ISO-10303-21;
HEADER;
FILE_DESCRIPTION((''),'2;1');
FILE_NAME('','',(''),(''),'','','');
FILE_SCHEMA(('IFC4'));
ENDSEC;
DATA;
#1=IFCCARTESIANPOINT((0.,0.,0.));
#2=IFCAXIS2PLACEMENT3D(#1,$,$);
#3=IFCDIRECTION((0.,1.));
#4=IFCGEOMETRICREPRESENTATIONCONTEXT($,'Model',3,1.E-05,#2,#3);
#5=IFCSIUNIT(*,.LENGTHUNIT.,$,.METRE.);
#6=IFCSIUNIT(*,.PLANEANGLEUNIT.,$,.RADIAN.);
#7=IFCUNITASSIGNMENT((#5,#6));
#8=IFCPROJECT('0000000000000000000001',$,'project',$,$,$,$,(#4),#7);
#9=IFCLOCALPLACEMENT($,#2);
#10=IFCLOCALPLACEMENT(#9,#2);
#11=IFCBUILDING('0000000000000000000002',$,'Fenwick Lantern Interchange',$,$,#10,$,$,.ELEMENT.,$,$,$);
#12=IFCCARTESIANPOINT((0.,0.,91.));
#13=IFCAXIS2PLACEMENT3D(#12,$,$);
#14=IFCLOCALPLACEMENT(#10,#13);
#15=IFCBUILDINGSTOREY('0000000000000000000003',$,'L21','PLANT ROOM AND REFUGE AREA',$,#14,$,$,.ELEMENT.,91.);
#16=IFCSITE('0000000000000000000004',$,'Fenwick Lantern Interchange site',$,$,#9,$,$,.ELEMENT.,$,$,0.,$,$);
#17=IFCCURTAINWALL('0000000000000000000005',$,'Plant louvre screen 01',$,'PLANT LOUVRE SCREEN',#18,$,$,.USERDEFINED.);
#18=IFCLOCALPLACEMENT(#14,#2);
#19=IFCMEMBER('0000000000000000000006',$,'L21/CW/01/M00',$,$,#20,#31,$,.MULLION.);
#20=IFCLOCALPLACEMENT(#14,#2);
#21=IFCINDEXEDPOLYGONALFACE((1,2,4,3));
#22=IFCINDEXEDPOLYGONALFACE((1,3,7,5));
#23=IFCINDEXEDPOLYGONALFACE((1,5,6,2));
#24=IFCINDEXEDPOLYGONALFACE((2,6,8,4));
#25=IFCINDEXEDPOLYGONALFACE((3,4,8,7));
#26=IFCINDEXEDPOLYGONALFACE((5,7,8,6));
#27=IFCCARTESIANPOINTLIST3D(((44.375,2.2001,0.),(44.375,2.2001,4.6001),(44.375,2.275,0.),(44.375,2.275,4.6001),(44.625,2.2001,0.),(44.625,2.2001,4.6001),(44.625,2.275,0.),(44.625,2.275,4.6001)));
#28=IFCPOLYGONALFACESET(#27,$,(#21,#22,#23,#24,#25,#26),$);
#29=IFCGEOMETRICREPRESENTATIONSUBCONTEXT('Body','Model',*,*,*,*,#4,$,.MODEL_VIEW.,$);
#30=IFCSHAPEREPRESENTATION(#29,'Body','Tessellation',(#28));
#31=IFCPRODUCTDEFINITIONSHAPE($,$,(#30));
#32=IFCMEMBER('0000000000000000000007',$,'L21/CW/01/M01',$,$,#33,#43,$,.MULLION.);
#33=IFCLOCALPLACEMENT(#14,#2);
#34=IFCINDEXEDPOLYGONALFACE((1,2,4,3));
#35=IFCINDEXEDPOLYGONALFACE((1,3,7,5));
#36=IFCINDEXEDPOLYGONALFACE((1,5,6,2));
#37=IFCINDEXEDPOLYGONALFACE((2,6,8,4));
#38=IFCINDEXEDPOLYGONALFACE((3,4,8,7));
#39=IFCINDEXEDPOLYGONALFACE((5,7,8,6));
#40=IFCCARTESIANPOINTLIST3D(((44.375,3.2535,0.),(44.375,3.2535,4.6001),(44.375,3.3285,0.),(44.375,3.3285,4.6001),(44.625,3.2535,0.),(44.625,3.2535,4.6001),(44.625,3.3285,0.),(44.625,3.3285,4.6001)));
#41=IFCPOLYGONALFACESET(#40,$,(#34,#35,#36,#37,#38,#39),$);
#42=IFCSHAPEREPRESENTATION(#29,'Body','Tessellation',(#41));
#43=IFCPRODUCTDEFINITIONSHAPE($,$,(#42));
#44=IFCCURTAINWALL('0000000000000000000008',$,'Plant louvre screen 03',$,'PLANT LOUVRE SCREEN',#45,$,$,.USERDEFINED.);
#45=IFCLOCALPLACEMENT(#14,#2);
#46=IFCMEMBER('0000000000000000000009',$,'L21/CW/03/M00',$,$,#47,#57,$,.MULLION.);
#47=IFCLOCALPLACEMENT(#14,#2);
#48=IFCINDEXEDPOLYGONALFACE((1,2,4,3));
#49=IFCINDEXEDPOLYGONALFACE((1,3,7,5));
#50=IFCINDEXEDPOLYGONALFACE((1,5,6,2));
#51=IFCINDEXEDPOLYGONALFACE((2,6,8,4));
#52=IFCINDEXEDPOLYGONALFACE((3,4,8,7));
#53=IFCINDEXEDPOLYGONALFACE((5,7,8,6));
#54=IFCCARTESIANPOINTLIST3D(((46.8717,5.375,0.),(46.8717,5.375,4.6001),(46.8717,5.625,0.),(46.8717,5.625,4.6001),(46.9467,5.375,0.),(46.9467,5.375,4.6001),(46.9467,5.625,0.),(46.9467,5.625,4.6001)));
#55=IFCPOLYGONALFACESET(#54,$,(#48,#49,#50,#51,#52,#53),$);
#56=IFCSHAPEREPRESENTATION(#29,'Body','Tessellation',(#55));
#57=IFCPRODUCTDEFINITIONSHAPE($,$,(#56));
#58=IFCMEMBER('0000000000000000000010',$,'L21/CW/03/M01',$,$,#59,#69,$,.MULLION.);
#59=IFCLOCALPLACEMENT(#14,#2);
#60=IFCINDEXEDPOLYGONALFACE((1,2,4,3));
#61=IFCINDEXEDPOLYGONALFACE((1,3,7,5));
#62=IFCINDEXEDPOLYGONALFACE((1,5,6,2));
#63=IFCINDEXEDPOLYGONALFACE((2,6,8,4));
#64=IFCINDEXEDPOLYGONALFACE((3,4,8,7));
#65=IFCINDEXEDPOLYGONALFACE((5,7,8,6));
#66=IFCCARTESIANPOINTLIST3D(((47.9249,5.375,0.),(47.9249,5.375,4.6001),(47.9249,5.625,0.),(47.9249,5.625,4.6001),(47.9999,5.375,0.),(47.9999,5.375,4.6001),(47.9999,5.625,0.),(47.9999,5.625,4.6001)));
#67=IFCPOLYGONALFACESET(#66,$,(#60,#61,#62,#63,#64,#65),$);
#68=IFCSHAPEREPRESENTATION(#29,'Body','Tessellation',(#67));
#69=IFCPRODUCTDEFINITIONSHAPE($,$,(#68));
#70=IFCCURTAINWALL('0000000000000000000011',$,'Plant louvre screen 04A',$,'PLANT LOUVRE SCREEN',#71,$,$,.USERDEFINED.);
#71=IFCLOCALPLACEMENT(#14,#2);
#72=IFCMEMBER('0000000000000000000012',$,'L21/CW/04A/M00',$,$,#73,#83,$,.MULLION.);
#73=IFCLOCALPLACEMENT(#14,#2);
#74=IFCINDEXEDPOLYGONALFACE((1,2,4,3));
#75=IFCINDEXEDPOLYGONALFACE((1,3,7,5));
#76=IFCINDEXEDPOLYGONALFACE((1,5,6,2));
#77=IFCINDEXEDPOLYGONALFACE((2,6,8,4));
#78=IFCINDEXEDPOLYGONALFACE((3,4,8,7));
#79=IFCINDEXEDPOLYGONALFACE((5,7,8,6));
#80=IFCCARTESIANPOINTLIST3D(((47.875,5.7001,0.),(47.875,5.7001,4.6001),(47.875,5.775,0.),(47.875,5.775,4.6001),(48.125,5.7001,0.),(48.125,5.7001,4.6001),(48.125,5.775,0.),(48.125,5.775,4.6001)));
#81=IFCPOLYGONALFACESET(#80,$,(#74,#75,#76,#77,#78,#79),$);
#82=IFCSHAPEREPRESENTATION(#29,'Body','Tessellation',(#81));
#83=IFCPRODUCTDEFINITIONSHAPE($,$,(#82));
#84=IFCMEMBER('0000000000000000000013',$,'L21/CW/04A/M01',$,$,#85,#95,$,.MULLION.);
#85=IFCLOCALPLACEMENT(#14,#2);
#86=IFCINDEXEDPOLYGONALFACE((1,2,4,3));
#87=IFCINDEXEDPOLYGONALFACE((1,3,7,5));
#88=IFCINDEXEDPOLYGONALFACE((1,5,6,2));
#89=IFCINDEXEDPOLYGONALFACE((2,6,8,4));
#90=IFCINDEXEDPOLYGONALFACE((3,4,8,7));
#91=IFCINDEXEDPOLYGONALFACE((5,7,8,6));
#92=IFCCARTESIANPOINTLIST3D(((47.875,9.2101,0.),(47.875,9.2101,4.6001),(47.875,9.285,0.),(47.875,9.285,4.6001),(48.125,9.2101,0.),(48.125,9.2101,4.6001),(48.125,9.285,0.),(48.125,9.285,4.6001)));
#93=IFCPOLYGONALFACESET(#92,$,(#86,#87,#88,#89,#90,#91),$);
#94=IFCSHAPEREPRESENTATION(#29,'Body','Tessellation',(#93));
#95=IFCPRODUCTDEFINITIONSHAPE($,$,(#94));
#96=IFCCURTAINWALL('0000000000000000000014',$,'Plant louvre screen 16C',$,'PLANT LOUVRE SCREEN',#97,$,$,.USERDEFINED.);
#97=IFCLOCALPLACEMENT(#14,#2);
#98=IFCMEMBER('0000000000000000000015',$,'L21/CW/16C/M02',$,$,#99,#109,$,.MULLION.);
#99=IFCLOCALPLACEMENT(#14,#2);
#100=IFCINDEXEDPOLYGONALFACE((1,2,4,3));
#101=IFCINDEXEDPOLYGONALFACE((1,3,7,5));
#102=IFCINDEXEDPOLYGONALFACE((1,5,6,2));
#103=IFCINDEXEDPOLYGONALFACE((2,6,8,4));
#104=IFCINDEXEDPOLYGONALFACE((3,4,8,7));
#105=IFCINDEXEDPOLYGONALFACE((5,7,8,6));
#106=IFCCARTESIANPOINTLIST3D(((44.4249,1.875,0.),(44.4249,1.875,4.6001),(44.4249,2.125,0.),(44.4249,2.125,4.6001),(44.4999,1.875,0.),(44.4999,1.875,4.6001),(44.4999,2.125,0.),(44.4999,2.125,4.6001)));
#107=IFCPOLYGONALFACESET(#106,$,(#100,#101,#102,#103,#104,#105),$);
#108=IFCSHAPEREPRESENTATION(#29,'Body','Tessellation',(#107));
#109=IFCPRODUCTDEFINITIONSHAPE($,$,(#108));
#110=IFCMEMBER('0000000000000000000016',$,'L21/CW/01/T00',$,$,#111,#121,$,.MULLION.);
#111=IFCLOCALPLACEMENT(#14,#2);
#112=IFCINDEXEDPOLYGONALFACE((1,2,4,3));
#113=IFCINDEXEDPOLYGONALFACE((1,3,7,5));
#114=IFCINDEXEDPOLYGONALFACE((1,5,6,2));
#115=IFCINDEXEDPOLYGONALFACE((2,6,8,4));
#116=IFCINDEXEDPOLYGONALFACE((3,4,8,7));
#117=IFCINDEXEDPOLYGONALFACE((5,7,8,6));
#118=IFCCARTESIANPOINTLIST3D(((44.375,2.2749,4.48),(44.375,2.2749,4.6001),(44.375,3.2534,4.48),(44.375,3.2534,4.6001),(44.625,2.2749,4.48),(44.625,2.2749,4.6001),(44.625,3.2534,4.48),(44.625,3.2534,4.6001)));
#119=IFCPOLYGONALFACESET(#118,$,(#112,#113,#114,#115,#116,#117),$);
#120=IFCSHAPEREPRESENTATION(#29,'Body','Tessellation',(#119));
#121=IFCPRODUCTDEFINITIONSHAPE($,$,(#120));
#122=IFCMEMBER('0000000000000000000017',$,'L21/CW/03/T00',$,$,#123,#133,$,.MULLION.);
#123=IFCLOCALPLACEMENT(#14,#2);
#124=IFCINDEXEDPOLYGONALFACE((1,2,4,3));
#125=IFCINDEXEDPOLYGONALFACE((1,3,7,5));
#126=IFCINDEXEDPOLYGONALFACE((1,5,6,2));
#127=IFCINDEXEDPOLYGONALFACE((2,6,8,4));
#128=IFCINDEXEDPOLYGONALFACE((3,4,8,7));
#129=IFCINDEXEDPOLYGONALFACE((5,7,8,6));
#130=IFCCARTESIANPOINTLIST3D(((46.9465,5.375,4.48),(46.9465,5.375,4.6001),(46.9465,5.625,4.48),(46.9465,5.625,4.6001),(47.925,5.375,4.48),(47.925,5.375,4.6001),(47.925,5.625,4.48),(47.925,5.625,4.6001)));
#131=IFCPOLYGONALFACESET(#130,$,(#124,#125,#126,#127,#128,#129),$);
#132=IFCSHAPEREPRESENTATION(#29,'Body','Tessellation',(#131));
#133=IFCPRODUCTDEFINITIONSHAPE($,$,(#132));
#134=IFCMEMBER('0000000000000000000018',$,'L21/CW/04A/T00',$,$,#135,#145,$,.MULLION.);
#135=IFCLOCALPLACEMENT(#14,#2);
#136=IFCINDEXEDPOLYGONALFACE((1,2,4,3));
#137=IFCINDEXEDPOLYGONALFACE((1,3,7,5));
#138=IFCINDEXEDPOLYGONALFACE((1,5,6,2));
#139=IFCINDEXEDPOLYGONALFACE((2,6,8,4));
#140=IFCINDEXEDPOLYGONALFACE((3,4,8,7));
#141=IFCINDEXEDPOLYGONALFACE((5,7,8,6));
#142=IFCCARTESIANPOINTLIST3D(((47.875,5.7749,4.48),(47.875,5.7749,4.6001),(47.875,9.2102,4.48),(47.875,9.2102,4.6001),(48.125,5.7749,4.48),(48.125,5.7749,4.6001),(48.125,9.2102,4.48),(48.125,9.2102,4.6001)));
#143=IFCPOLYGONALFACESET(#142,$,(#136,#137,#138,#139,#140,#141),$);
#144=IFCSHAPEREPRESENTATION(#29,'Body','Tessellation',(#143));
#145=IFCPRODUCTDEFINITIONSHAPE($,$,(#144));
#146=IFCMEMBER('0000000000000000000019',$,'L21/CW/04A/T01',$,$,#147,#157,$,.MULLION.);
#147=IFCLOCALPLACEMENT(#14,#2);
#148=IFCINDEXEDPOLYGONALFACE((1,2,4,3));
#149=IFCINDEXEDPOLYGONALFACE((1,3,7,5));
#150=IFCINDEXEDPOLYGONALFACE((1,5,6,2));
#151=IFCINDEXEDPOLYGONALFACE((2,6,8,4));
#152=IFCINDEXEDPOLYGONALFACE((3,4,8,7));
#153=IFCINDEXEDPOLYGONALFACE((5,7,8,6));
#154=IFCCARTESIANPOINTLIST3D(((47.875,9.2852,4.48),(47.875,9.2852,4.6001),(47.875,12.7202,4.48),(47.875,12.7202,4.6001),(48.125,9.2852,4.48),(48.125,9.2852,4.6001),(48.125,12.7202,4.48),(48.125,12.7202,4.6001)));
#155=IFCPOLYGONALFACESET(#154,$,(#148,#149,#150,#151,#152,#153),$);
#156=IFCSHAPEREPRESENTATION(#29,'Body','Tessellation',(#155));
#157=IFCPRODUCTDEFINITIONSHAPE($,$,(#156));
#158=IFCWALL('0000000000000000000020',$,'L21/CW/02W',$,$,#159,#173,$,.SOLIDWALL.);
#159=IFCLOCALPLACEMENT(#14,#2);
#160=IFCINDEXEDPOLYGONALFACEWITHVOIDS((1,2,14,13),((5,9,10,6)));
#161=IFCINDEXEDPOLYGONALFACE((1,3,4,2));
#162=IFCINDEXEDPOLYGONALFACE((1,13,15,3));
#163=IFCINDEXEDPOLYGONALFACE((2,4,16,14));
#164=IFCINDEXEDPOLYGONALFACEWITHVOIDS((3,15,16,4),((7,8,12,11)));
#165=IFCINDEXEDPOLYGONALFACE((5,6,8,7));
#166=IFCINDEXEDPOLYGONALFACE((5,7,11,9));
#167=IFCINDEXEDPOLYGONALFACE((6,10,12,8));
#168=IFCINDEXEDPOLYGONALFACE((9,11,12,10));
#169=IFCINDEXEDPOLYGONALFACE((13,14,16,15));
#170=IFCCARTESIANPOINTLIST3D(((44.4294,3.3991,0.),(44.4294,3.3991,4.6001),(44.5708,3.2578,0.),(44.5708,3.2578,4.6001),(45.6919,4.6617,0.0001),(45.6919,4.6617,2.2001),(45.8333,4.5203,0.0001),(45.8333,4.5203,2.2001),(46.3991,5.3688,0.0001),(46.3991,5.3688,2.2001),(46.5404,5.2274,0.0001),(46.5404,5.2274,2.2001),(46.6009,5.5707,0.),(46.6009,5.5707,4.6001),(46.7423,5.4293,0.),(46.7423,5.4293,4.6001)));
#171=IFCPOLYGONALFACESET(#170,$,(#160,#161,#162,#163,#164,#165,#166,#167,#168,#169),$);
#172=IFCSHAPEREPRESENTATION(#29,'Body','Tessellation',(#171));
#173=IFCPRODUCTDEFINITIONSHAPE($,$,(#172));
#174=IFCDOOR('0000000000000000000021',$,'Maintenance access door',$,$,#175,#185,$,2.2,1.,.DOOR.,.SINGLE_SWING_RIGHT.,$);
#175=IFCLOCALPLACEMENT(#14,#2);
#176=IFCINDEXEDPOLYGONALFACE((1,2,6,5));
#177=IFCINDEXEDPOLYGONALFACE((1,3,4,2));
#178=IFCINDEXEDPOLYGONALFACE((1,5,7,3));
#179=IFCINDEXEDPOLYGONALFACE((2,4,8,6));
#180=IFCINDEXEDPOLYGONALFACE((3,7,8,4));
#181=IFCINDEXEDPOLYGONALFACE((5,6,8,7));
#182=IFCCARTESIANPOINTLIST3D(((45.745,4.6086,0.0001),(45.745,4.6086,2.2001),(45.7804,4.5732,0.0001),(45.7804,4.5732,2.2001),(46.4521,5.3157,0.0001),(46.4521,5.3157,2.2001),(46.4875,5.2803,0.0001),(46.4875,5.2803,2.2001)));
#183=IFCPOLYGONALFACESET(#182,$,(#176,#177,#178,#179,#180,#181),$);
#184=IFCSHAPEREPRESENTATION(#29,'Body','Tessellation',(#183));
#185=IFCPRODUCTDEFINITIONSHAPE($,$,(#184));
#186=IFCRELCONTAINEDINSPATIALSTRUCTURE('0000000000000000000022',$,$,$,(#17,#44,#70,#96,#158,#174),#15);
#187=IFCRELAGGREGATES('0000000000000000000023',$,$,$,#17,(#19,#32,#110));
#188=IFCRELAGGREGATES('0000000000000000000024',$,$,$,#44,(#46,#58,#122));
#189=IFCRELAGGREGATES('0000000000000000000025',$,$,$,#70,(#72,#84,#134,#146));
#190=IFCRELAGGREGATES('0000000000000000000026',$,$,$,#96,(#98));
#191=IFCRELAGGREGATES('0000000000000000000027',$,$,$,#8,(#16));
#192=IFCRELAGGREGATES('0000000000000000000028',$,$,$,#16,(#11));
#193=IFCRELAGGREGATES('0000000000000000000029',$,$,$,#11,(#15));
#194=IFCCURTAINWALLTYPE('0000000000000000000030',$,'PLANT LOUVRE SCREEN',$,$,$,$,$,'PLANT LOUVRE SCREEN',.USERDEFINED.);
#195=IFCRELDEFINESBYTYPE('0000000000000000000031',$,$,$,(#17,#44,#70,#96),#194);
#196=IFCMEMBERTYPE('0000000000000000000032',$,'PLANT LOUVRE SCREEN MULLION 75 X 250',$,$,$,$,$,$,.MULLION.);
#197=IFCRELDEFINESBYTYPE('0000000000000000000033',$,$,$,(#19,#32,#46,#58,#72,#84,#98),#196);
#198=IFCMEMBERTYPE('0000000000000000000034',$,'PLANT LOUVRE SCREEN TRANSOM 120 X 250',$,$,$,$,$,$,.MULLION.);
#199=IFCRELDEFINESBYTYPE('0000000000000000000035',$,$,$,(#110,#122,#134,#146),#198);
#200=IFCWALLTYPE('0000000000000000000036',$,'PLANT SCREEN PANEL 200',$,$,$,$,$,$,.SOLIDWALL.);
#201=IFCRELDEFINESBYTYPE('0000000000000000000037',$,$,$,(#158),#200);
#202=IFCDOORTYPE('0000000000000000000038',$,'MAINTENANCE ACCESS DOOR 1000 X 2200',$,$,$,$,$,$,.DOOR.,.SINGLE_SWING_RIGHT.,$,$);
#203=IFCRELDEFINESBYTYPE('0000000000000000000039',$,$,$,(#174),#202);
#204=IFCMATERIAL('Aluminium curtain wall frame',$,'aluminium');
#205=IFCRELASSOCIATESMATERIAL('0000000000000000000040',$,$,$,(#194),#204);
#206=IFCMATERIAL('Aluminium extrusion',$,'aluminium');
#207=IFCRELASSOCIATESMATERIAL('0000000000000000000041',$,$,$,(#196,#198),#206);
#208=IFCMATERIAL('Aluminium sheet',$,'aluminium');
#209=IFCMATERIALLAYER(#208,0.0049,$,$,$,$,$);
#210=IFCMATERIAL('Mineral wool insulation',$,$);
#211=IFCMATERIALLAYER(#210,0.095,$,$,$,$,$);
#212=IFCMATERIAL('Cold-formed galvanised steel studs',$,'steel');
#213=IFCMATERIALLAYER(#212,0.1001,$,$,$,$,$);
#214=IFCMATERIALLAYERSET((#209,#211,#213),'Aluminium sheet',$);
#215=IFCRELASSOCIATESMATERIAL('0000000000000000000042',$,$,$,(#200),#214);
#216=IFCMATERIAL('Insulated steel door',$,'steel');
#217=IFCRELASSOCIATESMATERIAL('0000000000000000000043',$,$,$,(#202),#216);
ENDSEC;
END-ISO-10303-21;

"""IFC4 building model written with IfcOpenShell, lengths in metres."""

from ifc_helpers import new_model, si_unit, direction, frame, frame_2d, origin, origin_2d, place, context, subcontext, project, spatial, rectangle, extrude, material, layer, layer_set, material_profile, profile_set, type_object, element, fill, aggregate, save


model = new_model("IFC4")

# Units and contexts
model_context = context("Model", 3, precision=1e-05, world=origin(), true_north=direction((0.0, 1.0)))
body_context = subcontext(model_context, "Body", "Model", "MODEL_VIEW")
ifc_project = project(units=[si_unit("LENGTHUNIT", "METRE"), si_unit("PLANEANGLEUNIT", "RADIAN")], contexts=[model_context])

# Site, building, storey
site_placement = place(None, origin())
site = spatial("IfcSite", under=ifc_project, at=site_placement, Name="Fenwick Lantern Interchange site", CompositionType="ELEMENT", RefElevation=0.0)
building_placement = place(site_placement, origin())
building = spatial("IfcBuilding", under=site, at=building_placement, Name="Fenwick Lantern Interchange", CompositionType="ELEMENT")
storey_placement = place(building_placement, frame((0.0, 0.0, 91.0)))
storey = spatial("IfcBuildingStorey", under=building, at=storey_placement, Name="L21", Description="PLANT ROOM AND REFUGE AREA", CompositionType="ELEMENT", Elevation=91.0)

# Curtain walls, members
ifc_material_1 = material(Name="Aluminium curtain wall frame", Category="aluminium")
curtain_wall_type = type_object("IfcCurtainWallType", Name="PLANT LOUVRE SCREEN", ElementType="PLANT LOUVRE SCREEN", PredefinedType="USERDEFINED", material=ifc_material_1)
curtain_wall_1_placement = place(storey_placement, origin())
curtain_wall_1 = element("IfcCurtainWall", 1, at=curtain_wall_1_placement, inside=storey, type_object=curtain_wall_type, Name="Plant louvre screen 01", ObjectType="PLANT LOUVRE SCREEN", PredefinedType="USERDEFINED")
ifc_material_2 = material(Name="Aluminium extrusion", Category="aluminium")
ifc_material_profile_1 = material_profile(ifc_material_2, rectangle(XDim=0.25, YDim=0.075, at=origin_2d()), Name="PLANT LOUVRE SCREEN MULLION 75 X 250")
ifc_profile_set_1 = profile_set([ifc_material_profile_1], Name="Aluminium extrusion")
member_type_1 = type_object("IfcMemberType", Name="PLANT LOUVRE SCREEN MULLION 75 X 250", PredefinedType="MULLION", material=ifc_profile_set_1)
member_1_placement = place(storey_placement, frame((44.5, 2.2375, 0.0), z_axis=(0.0, 0.0, 1.0), x_axis=(-1.0, 0.0, 0.0)))
member_1 = element("IfcMember", 2, at=member_1_placement, type_object=member_type_1, Name="L21/CW/01/M00", PredefinedType="MULLION", context=body_context, shape_type="SweptSolid", body=[
    extrude(rectangle(XDim=0.25, YDim=0.075, at=origin_2d()), origin(), (0.0, 0.0, 1.0), 4.6001),
])
member_2_placement = place(storey_placement, frame((44.5, 3.291, 0.0), z_axis=(0.0, 0.0, 1.0), x_axis=(-1.0, 0.0, 0.0)))
member_2 = element("IfcMember", 3, at=member_2_placement, type_object=member_type_1, Name="L21/CW/01/M01", PredefinedType="MULLION", context=body_context, shape_type="SweptSolid", body=[
    extrude(rectangle(XDim=0.25, YDim=0.075, at=origin_2d()), origin(), (0.0, 0.0, 1.0), 4.6001),
])
curtain_wall_2_placement = place(storey_placement, origin())
curtain_wall_2 = element("IfcCurtainWall", 4, at=curtain_wall_2_placement, inside=storey, type_object=curtain_wall_type, Name="Plant louvre screen 03", ObjectType="PLANT LOUVRE SCREEN", PredefinedType="USERDEFINED")
member_3_placement = place(storey_placement, frame((46.9092, 5.5, 0.0), z_axis=(0.0, 0.0, 1.0), x_axis=(0.0, 1.0, 0.0)))
member_3 = element("IfcMember", 5, at=member_3_placement, type_object=member_type_1, Name="L21/CW/03/M00", PredefinedType="MULLION", context=body_context, shape_type="SweptSolid", body=[
    extrude(rectangle(XDim=0.25, YDim=0.075, at=origin_2d()), origin(), (0.0, 0.0, 1.0), 4.6001),
])
member_4_placement = place(storey_placement, frame((47.9624, 5.5, 0.0), z_axis=(0.0, 0.0, 1.0), x_axis=(0.0, 1.0, 0.0)))
member_4 = element("IfcMember", 6, at=member_4_placement, type_object=member_type_1, Name="L21/CW/03/M01", PredefinedType="MULLION", context=body_context, shape_type="SweptSolid", body=[
    extrude(rectangle(XDim=0.25, YDim=0.075, at=origin_2d()), origin(), (0.0, 0.0, 1.0), 4.6001),
])
curtain_wall_3_placement = place(storey_placement, origin())
curtain_wall_3 = element("IfcCurtainWall", 7, at=curtain_wall_3_placement, inside=storey, type_object=curtain_wall_type, Name="Plant louvre screen 04A", ObjectType="PLANT LOUVRE SCREEN", PredefinedType="USERDEFINED")
member_5_placement = place(storey_placement, frame((48.0, 5.7375, 0.0), z_axis=(0.0, 0.0, 1.0), x_axis=(-1.0, 0.0, 0.0)))
member_5 = element("IfcMember", 8, at=member_5_placement, type_object=member_type_1, Name="L21/CW/04A/M00", PredefinedType="MULLION", context=body_context, shape_type="SweptSolid", body=[
    extrude(rectangle(XDim=0.25, YDim=0.075, at=origin_2d()), origin(), (0.0, 0.0, 1.0), 4.6001),
])
member_6_placement = place(storey_placement, frame((48.0, 9.2476, 0.0), z_axis=(0.0, 0.0, 1.0), x_axis=(-1.0, 0.0, 0.0)))
member_6 = element("IfcMember", 9, at=member_6_placement, type_object=member_type_1, Name="L21/CW/04A/M01", PredefinedType="MULLION", context=body_context, shape_type="SweptSolid", body=[
    extrude(rectangle(XDim=0.25, YDim=0.075, at=origin_2d()), origin(), (0.0, 0.0, 1.0), 4.6001),
])

# Curtain wall, member
curtain_wall_4_placement = place(storey_placement, origin())
curtain_wall_4 = element("IfcCurtainWall", 10, at=curtain_wall_4_placement, inside=storey, type_object=curtain_wall_type, Name="Plant louvre screen 16C", ObjectType="PLANT LOUVRE SCREEN", PredefinedType="USERDEFINED")
member_7_placement = place(storey_placement, frame((44.4624, 2.0, 0.0), z_axis=(0.0, 0.0, 1.0), x_axis=(0.0, 1.0, 0.0)))
member_7 = element("IfcMember", 11, at=member_7_placement, type_object=member_type_1, Name="L21/CW/16C/M02", PredefinedType="MULLION", context=body_context, shape_type="SweptSolid", body=[
    extrude(rectangle(XDim=0.25, YDim=0.075, at=origin_2d()), origin(), (0.0, 0.0, 1.0), 4.6001),
])

# Members
ifc_material_profile_2 = material_profile(ifc_material_2, rectangle(XDim=0.25, YDim=0.1201, at=origin_2d()), Name="PLANT LOUVRE SCREEN TRANSOM 120 X 250")
ifc_profile_set_2 = profile_set([ifc_material_profile_2], Name="Aluminium extrusion")
member_type_2 = type_object("IfcMemberType", Name="PLANT LOUVRE SCREEN TRANSOM 120 X 250", PredefinedType="MULLION", material=ifc_profile_set_2)
member_8_placement = place(storey_placement, frame((44.5, 2.2749, 4.54), z_axis=(0.0, 1.0, 0.0), x_axis=(-1.0, 0.0, 0.0)))
member_8 = element("IfcMember", 12, at=member_8_placement, type_object=member_type_2, Name="L21/CW/01/T00", PredefinedType="MULLION", context=body_context, shape_type="SweptSolid", body=[
    extrude(rectangle(XDim=0.25, YDim=0.1201, at=origin_2d()), origin(), (0.0, 0.0, 1.0), 0.9785),
])
member_9_placement = place(storey_placement, frame((46.9465, 5.5, 4.54), z_axis=(1.0, 0.0, 0.0), x_axis=(0.0, 1.0, 0.0)))
member_9 = element("IfcMember", 13, at=member_9_placement, type_object=member_type_2, Name="L21/CW/03/T00", PredefinedType="MULLION", context=body_context, shape_type="SweptSolid", body=[
    extrude(rectangle(XDim=0.25, YDim=0.1201, at=origin_2d()), origin(), (0.0, 0.0, 1.0), 0.9785),
])
member_10_placement = place(storey_placement, frame((48.0, 5.7749, 4.54), z_axis=(0.0, 1.0, 0.0), x_axis=(-1.0, 0.0, 0.0)))
member_10 = element("IfcMember", 14, at=member_10_placement, type_object=member_type_2, Name="L21/CW/04A/T00", PredefinedType="MULLION", context=body_context, shape_type="SweptSolid", body=[
    extrude(rectangle(XDim=0.25, YDim=0.1201, at=origin_2d()), origin(), (0.0, 0.0, 1.0), 3.4353),
])
member_11_placement = place(storey_placement, frame((48.0, 9.2852, 4.54), z_axis=(0.0, 1.0, 0.0), x_axis=(-1.0, 0.0, 0.0)))
member_11 = element("IfcMember", 15, at=member_11_placement, type_object=member_type_2, Name="L21/CW/04A/T01", PredefinedType="MULLION", context=body_context, shape_type="SweptSolid", body=[
    extrude(rectangle(XDim=0.25, YDim=0.1201, at=origin_2d()), origin(), (0.0, 0.0, 1.0), 3.4351),
])

# Wall, opening, door
ifc_material_3 = material(Name="Aluminium sheet", Category="aluminium")
ifc_layer_1 = layer(ifc_material_3, 0.0049)
ifc_material_4 = material(Name="Mineral wool insulation")
ifc_layer_2 = layer(ifc_material_4, 0.095)
ifc_material_5 = material(Name="Cold-formed galvanised steel studs", Category="steel")
ifc_layer_3 = layer(ifc_material_5, 0.1001)
ifc_layer_set_1 = layer_set([ifc_layer_1, ifc_layer_2, ifc_layer_3], Name="Aluminium sheet")
wall_type = type_object("IfcWallType", Name="PLANT SCREEN PANEL 200", PredefinedType="SOLIDWALL", material=ifc_layer_set_1)
wall_placement = place(storey_placement, frame((44.5, 3.3284, 0.0), z_axis=(0.0, 0.0, 1.0), x_axis=(0.707107, 0.707107, 0.0)))
wall = element("IfcWall", 16, at=wall_placement, inside=storey, type_object=wall_type, Name="L21/CW/02W", PredefinedType="SOLIDWALL", context=body_context, shape_type="SweptSolid", body=[
    extrude(rectangle(XDim=3.071, YDim=0.2, at=frame_2d((1.5356, 0.0))), origin(), (0.0, 0.0, 1.0), 4.6001),
])
opening_placement = place(wall_placement, frame((1.7856, 0.0, 0.0)))
opening = element("IfcOpeningElement", 17, at=opening_placement, cuts=wall, PredefinedType="OPENING", context=body_context, shape_type="SweptSolid", body=[
    extrude(rectangle(XDim=1.0, YDim=2.2, at=frame_2d((0.5, 1.1001))), frame((0.0, 0.1099, 0.0), z_axis=(0.0, -1.0, 0.0), x_axis=(1.0, 0.0, 0.0)), (0.0, 0.0, 1.0), 0.22),
])
ifc_material_6 = material(Name="Insulated steel door", Category="steel")
door_type = type_object("IfcDoorType", Name="MAINTENANCE ACCESS DOOR 1000 X 2200", OperationType="SINGLE_SWING_RIGHT", PredefinedType="DOOR", material=ifc_material_6)
door_placement = place(opening_placement, origin())
door = element("IfcDoor", 18, at=door_placement, inside=storey, type_object=door_type, Name="Maintenance access door", OperationType="SINGLE_SWING_RIGHT", OverallHeight=2.2, OverallWidth=1.0, PredefinedType="DOOR", context=body_context, shape_type="SweptSolid", body=[
    extrude(rectangle(XDim=1.0, YDim=2.2, at=frame_2d((0.5, 1.1001))), frame((0.0, 0.0249, 0.0), z_axis=(0.0, -1.0, 0.0), x_axis=(1.0, 0.0, 0.0)), (0.0, 0.0, 1.0), 0.05),
])
fill(opening, door)

aggregate(curtain_wall_1, [member_1, member_2, member_8])
aggregate(curtain_wall_2, [member_3, member_4, member_9])
aggregate(curtain_wall_3, [member_5, member_6, member_10, member_11])
aggregate(curtain_wall_4, [member_7])

save(model, "model.ifc")
